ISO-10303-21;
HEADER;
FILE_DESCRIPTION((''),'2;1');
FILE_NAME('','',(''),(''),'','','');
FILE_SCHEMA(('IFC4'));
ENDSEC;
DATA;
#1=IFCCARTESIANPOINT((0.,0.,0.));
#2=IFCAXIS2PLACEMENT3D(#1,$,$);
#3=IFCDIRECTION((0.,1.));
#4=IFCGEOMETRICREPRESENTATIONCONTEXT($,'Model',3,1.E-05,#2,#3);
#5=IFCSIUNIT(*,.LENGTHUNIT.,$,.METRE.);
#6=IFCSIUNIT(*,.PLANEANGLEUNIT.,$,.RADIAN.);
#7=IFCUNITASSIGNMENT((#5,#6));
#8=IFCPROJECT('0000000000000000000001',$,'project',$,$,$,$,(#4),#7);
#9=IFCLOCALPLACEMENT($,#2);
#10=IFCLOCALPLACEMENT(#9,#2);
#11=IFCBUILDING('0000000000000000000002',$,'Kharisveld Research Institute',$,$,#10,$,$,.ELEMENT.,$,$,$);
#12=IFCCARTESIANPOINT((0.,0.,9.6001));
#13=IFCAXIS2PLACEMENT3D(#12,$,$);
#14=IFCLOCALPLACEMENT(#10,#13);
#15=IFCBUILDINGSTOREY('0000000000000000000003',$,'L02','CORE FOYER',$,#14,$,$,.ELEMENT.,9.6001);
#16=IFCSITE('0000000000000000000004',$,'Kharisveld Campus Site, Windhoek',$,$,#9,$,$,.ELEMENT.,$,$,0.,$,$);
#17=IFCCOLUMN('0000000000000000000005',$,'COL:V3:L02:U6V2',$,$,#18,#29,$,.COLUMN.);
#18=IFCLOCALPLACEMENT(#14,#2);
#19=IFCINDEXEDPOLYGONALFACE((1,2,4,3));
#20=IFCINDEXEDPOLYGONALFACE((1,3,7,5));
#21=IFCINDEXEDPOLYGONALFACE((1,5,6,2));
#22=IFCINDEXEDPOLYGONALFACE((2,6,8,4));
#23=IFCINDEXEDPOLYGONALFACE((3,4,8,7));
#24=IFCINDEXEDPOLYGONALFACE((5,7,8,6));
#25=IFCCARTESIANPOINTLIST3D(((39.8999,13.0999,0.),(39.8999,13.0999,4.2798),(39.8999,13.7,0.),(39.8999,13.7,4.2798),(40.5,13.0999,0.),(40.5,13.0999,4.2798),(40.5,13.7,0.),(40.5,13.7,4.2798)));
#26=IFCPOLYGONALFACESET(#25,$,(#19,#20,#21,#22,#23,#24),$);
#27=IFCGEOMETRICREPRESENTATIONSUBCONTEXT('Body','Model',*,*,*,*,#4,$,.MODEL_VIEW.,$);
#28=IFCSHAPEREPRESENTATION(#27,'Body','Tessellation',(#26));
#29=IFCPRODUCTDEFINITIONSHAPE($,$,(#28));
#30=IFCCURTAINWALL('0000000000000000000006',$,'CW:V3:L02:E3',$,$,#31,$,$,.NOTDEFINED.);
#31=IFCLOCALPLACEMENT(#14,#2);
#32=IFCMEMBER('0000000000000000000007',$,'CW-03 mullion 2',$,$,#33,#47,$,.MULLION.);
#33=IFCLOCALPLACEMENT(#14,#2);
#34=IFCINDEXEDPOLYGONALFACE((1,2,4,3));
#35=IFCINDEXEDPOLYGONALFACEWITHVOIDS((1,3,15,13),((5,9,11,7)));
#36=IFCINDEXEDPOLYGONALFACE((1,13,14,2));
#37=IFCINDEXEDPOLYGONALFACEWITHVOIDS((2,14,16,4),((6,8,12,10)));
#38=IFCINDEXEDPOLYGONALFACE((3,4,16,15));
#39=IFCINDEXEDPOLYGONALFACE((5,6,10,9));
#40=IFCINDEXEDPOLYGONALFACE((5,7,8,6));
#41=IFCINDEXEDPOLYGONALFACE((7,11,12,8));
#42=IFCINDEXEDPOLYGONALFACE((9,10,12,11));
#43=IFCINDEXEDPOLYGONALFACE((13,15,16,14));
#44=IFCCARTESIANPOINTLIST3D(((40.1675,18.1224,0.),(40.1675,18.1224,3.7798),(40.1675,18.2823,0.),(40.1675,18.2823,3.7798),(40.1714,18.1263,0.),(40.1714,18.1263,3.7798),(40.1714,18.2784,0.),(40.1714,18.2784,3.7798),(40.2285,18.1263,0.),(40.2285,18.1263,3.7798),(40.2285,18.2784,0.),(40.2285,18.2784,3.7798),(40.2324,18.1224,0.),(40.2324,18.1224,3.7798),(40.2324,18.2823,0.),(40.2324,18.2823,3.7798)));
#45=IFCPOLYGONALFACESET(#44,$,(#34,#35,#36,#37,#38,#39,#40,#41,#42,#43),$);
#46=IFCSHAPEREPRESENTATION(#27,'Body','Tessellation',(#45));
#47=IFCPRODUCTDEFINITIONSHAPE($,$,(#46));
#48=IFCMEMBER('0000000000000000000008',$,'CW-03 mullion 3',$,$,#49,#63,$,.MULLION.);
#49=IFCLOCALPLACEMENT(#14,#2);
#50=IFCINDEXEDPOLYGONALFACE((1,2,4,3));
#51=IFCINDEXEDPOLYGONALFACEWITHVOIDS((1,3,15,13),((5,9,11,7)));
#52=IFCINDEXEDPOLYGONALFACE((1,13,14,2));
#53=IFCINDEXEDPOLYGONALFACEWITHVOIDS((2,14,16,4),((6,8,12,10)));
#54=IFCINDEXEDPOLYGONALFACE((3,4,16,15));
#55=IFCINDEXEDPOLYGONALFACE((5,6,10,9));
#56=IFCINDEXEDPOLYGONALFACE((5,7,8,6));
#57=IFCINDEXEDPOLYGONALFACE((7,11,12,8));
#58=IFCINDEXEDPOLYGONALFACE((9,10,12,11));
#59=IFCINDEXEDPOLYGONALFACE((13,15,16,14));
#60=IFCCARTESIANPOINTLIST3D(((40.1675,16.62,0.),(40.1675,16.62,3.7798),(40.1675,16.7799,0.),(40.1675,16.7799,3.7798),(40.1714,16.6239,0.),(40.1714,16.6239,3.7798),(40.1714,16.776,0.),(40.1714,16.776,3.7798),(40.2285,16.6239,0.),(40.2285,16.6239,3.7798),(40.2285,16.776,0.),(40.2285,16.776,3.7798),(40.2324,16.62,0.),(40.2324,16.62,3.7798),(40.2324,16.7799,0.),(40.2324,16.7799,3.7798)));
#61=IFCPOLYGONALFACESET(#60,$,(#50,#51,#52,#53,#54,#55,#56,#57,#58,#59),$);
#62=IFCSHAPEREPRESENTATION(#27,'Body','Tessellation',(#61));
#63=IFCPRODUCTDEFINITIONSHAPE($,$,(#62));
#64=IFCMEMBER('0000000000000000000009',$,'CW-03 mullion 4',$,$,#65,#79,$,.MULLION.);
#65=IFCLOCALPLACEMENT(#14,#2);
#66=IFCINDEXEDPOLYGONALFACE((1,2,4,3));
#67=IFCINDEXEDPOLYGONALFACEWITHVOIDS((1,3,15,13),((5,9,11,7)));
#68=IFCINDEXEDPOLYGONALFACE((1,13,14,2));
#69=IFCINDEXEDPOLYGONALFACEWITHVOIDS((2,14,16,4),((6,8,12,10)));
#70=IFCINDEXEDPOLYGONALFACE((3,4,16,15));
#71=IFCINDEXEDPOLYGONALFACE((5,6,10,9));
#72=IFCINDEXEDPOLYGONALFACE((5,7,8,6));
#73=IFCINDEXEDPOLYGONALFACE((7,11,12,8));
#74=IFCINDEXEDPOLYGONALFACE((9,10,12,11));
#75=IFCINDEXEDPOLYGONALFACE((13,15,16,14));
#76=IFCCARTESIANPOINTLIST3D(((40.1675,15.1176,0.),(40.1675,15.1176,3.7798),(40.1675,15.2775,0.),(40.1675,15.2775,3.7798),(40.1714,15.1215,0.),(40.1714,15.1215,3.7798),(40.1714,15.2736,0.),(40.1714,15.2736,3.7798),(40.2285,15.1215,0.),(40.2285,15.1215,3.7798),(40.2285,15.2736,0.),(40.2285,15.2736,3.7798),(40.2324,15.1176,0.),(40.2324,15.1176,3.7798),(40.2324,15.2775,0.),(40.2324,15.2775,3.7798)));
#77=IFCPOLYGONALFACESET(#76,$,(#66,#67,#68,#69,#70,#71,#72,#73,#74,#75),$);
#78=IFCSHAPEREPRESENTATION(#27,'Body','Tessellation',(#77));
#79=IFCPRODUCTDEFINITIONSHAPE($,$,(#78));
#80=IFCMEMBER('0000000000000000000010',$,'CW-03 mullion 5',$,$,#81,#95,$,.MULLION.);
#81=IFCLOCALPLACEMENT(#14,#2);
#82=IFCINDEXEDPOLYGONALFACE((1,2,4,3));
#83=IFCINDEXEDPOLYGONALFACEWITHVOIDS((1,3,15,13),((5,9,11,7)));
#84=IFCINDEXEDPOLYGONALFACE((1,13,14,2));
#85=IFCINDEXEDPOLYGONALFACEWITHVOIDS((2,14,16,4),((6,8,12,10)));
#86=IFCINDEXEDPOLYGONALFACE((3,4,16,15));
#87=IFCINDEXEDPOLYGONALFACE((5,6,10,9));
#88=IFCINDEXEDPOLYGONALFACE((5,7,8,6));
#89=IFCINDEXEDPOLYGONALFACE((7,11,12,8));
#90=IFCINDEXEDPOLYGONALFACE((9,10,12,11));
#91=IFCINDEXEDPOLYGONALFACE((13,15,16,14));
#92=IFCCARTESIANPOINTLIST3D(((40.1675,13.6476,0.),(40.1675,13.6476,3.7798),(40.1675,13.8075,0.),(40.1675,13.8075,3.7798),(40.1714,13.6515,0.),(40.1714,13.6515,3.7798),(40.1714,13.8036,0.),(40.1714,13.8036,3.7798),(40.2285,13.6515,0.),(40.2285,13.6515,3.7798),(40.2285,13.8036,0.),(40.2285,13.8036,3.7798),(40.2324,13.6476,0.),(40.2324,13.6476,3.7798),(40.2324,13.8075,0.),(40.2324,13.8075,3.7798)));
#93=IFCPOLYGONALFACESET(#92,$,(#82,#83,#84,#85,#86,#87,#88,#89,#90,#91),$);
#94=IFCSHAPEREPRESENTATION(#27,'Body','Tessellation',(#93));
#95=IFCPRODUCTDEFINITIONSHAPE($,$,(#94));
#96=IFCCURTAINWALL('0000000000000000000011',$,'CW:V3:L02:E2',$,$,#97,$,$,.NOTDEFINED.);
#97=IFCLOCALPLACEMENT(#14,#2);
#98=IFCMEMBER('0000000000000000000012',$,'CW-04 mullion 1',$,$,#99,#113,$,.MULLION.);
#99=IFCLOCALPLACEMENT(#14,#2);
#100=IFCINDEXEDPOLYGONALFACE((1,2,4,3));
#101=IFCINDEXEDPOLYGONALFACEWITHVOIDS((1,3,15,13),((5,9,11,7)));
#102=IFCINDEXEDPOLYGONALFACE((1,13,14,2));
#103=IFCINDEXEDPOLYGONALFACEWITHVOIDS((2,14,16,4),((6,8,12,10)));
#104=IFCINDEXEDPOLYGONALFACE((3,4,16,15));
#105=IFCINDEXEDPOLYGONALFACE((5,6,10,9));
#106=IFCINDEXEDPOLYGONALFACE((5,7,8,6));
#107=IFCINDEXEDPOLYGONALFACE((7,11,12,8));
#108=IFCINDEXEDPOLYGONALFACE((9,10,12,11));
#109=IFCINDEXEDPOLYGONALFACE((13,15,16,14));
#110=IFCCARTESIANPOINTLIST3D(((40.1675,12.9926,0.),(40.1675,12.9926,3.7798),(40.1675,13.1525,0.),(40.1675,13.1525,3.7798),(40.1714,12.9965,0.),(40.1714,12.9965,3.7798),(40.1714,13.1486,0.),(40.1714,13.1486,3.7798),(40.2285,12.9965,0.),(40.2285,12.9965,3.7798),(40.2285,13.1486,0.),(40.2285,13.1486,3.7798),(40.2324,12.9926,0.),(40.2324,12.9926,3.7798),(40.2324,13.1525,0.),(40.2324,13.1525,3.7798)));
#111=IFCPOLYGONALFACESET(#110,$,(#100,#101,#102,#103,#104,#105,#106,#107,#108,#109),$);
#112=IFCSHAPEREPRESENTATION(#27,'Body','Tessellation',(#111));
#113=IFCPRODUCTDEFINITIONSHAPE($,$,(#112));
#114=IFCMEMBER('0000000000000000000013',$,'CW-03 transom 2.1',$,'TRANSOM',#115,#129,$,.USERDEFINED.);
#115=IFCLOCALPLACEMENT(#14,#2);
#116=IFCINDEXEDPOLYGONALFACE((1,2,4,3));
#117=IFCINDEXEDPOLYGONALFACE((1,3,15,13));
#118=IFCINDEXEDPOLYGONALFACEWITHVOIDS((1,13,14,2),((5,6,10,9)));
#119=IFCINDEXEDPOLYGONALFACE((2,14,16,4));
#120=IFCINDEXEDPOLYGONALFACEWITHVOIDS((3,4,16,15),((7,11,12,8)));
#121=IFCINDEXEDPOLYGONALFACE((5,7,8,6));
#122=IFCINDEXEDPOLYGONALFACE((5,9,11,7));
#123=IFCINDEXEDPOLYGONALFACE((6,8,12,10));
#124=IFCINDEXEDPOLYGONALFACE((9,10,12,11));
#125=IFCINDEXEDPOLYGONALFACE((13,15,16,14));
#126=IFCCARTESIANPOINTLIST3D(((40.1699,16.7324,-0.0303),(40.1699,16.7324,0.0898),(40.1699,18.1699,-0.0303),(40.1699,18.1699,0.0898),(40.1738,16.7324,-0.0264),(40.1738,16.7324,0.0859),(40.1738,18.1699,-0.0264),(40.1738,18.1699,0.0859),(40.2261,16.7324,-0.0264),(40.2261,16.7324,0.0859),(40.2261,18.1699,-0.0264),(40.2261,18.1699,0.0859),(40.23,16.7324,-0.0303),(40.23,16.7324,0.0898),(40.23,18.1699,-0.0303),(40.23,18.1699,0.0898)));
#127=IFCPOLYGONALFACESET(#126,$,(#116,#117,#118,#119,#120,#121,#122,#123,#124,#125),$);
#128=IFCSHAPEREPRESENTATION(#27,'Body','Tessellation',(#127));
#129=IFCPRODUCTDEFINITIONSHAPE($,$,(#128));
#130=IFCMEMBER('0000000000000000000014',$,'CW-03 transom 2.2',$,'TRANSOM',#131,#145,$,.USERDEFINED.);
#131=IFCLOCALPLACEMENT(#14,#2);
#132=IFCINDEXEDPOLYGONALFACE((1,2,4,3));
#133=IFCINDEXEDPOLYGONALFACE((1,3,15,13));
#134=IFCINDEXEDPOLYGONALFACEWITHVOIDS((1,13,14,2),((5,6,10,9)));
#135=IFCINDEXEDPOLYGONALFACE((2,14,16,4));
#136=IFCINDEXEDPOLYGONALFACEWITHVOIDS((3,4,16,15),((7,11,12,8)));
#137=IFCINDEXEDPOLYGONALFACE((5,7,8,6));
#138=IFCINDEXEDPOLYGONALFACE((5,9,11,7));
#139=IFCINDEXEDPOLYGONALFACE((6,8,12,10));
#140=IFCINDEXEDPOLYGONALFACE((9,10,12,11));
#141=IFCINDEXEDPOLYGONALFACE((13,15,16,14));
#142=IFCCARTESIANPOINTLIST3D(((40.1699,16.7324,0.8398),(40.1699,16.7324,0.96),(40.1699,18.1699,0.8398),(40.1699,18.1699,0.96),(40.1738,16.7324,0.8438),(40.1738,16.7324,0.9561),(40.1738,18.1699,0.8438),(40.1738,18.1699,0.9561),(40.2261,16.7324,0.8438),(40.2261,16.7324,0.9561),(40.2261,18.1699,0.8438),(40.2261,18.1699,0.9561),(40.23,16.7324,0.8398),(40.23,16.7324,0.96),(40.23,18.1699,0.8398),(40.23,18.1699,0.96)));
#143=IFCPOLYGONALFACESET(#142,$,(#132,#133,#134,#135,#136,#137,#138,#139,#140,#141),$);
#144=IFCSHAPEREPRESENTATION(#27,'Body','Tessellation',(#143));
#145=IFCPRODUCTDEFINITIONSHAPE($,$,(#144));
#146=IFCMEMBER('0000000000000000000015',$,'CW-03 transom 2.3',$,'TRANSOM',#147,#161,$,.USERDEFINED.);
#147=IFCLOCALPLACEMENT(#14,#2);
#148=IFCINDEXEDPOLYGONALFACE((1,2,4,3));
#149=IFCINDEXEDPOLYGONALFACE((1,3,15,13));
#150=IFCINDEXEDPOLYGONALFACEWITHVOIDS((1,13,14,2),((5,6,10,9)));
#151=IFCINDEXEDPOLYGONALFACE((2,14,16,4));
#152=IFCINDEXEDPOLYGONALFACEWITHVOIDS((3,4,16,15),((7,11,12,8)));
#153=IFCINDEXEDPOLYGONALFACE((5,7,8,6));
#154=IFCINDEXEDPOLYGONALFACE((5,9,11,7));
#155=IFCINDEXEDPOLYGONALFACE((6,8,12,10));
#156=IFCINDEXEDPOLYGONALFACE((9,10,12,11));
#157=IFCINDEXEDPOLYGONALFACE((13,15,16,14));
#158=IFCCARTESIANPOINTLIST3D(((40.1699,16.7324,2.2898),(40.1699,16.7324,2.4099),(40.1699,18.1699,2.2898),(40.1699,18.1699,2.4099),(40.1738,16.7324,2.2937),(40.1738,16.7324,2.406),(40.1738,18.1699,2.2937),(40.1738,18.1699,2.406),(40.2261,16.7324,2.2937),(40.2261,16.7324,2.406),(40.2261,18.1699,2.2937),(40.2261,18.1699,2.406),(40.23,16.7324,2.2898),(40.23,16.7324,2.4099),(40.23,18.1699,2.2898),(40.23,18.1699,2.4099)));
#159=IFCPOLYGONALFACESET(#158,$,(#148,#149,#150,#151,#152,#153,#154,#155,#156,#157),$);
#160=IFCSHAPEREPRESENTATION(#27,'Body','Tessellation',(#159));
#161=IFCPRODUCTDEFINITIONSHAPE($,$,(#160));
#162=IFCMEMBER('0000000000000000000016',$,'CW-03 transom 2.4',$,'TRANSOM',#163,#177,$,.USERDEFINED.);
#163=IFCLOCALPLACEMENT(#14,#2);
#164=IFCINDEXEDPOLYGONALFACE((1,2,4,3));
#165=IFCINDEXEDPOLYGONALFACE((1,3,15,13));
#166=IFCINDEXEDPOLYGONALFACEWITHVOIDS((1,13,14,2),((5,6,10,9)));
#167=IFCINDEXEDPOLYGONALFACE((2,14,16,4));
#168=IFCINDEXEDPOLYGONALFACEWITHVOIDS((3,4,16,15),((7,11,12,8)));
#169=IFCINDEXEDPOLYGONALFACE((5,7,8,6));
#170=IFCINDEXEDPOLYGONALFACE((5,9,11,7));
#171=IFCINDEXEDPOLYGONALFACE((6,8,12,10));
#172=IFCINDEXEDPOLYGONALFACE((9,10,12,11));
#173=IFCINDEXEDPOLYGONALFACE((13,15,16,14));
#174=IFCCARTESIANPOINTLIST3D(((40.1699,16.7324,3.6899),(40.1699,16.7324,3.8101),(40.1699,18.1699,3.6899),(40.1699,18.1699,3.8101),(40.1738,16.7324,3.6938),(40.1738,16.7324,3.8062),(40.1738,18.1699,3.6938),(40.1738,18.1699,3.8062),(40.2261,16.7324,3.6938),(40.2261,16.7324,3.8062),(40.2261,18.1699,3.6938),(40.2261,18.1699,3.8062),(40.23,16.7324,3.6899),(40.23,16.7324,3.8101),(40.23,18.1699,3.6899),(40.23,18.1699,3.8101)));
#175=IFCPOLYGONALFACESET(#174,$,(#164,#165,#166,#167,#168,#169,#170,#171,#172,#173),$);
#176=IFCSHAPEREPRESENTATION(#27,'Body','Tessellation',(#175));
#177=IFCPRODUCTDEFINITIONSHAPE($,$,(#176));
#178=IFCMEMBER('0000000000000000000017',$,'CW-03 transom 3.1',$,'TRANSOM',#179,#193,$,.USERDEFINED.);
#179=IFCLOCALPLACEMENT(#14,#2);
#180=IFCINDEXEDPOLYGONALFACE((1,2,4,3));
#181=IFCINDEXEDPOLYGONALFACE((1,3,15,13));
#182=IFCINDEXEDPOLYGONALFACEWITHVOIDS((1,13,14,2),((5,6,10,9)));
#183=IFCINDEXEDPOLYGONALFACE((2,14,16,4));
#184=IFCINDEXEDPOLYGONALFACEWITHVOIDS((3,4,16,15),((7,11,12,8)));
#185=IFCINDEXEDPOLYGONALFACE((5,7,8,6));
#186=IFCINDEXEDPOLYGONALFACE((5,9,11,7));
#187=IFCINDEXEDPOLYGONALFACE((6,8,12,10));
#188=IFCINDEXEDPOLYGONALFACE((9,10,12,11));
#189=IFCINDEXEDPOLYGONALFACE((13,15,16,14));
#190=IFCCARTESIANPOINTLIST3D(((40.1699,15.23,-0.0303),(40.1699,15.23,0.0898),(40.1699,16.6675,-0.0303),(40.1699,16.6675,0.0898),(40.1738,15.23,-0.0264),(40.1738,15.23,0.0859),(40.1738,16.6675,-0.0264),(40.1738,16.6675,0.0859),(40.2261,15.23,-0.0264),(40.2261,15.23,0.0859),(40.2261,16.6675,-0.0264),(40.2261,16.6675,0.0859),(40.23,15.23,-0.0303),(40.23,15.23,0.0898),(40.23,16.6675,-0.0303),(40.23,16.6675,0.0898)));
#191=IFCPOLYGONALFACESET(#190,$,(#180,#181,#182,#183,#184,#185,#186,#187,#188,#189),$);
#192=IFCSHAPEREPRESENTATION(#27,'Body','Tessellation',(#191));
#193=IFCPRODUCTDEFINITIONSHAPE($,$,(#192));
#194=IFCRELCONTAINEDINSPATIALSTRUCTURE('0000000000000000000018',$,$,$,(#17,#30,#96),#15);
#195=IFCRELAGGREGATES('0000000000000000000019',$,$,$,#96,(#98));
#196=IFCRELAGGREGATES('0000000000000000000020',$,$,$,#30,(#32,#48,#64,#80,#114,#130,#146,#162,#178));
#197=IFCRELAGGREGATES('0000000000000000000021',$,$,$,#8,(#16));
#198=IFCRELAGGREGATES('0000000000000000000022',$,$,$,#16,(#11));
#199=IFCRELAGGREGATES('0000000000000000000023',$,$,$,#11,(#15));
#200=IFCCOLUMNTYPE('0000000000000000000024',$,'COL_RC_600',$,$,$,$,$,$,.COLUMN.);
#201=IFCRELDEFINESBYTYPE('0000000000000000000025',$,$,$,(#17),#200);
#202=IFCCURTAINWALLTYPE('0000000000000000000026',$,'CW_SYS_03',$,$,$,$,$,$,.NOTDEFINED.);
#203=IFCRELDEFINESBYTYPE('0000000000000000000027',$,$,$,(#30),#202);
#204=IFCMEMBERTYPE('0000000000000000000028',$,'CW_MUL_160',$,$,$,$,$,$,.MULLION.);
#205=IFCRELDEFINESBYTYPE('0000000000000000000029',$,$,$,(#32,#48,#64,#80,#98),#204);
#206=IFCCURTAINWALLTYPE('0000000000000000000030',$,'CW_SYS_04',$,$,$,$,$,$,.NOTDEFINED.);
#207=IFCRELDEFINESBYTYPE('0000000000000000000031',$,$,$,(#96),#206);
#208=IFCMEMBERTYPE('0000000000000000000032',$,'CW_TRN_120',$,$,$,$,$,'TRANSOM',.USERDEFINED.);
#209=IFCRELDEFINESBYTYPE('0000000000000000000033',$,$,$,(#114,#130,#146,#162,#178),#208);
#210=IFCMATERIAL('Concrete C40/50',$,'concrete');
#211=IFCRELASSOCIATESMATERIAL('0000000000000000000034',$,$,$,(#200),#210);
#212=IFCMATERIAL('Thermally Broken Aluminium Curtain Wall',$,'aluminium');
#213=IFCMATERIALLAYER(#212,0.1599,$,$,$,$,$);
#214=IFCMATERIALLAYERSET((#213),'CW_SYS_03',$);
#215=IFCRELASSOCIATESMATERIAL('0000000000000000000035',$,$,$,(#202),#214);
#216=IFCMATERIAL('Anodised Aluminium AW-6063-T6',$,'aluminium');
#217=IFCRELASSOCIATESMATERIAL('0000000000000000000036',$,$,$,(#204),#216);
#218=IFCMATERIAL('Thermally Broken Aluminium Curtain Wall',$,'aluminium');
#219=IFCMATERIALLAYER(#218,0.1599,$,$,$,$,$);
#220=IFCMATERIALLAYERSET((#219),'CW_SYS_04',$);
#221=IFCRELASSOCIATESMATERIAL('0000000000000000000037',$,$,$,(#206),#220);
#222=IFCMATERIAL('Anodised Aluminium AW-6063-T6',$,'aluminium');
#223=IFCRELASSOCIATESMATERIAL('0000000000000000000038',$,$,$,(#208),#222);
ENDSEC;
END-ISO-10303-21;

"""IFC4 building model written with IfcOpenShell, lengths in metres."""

from ifc_helpers import new_model, si_unit, direction, frame, origin, origin_2d, place, context, subcontext, project, spatial, rectangle, hollow_rectangle, extrude, material, layer, layer_set, material_profile, profile_set, type_object, element, aggregate, save


model = new_model("IFC4")

# Units and contexts
model_context = context("Model", 3, precision=1e-05, world=origin(), true_north=direction((0.0, 1.0)))
body_context = subcontext(model_context, "Body", "Model", "MODEL_VIEW")
ifc_project = project(units=[si_unit("LENGTHUNIT", "METRE"), si_unit("PLANEANGLEUNIT", "RADIAN")], contexts=[model_context])

# Site, building, storey
site_placement = place(None, origin())
site = spatial("IfcSite", under=ifc_project, at=site_placement, Name="Kharisveld Campus Site, Windhoek", CompositionType="ELEMENT", RefElevation=0.0)
building_placement = place(site_placement, origin())
building = spatial("IfcBuilding", under=site, at=building_placement, Name="Kharisveld Research Institute", CompositionType="ELEMENT")
storey_placement = place(building_placement, frame((0.0, 0.0, 9.6001)))
storey = spatial("IfcBuildingStorey", under=building, at=storey_placement, Name="L02", Description="CORE FOYER", CompositionType="ELEMENT", Elevation=9.6001)

# Column
ifc_material_1 = material(Name="Concrete C40/50", Category="concrete")
ifc_material_profile_1 = material_profile(ifc_material_1, rectangle(XDim=0.6001, YDim=0.6001, at=origin_2d()))
ifc_profile_set_1 = profile_set([ifc_material_profile_1], Name="Concrete C40/50")
column_type = type_object("IfcColumnType", Name="COL_RC_600", PredefinedType="COLUMN", material=ifc_profile_set_1)
column_placement = place(storey_placement, frame((40.2, 13.3999, 0.0), z_axis=(0.0, 0.0, 1.0), x_axis=(1.0, 0.0, 0.0)))
element("IfcColumn", 1, at=column_placement, inside=storey, type_object=column_type, Name="COL:V3:L02:U6V2", PredefinedType="COLUMN", context=body_context, shape_type="SweptSolid", body=[
    extrude(rectangle(XDim=0.6001, YDim=0.6001, at=origin_2d()), origin(), (0.0, 0.0, 1.0), 4.2798),
])

# Curtain wall, members
ifc_material_2 = material(Name="Thermally Broken Aluminium Curtain Wall", Category="aluminium")
ifc_layer_1 = layer(ifc_material_2, 0.1599)
ifc_layer_set_1 = layer_set([ifc_layer_1], Name="CW_SYS_03")
curtain_wall_type_1 = type_object("IfcCurtainWallType", Name="CW_SYS_03", PredefinedType="NOTDEFINED", material=ifc_layer_set_1)
curtain_wall_1_placement = place(storey_placement, origin())
curtain_wall_1 = element("IfcCurtainWall", 2, at=curtain_wall_1_placement, inside=storey, type_object=curtain_wall_type_1, Name="CW:V3:L02:E3", PredefinedType="NOTDEFINED")
ifc_material_3 = material(Name="Anodised Aluminium AW-6063-T6", Category="aluminium")
ifc_material_profile_2 = material_profile(ifc_material_3, hollow_rectangle(XDim=0.0649, YDim=0.1599, WallThickness=0.0039, at=origin_2d()))
ifc_profile_set_2 = profile_set([ifc_material_profile_2], Name="Anodised Aluminium AW-6063-T6")
member_type_1 = type_object("IfcMemberType", Name="CW_MUL_160", PredefinedType="MULLION", material=ifc_profile_set_2)
member_1_placement = place(storey_placement, frame((40.2, 18.2024, 0.0), z_axis=(0.0, 0.0, 1.0), x_axis=(1.0, 0.0, 0.0)))
member_1 = element("IfcMember", 3, at=member_1_placement, type_object=member_type_1, Name="CW-03 mullion 2", PredefinedType="MULLION", context=body_context, shape_type="SweptSolid", body=[
    extrude(hollow_rectangle(XDim=0.0649, YDim=0.1599, WallThickness=0.0039, at=origin_2d()), origin(), (0.0, 0.0, 1.0), 3.7798),
])
member_2_placement = place(storey_placement, frame((40.2, 16.7, 0.0), z_axis=(0.0, 0.0, 1.0), x_axis=(1.0, 0.0, 0.0)))
member_2 = element("IfcMember", 4, at=member_2_placement, type_object=member_type_1, Name="CW-03 mullion 3", PredefinedType="MULLION", context=body_context, shape_type="SweptSolid", body=[
    extrude(hollow_rectangle(XDim=0.0649, YDim=0.1599, WallThickness=0.0039, at=origin_2d()), origin(), (0.0, 0.0, 1.0), 3.7798),
])
member_3_placement = place(storey_placement, frame((40.2, 15.1975, 0.0), z_axis=(0.0, 0.0, 1.0), x_axis=(1.0, 0.0, 0.0)))
member_3 = element("IfcMember", 5, at=member_3_placement, type_object=member_type_1, Name="CW-03 mullion 4", PredefinedType="MULLION", context=body_context, shape_type="SweptSolid", body=[
    extrude(hollow_rectangle(XDim=0.0649, YDim=0.1599, WallThickness=0.0039, at=origin_2d()), origin(), (0.0, 0.0, 1.0), 3.7798),
])
member_4_placement = place(storey_placement, frame((40.2, 13.7275, 0.0), z_axis=(0.0, 0.0, 1.0), x_axis=(1.0, 0.0, 0.0)))
member_4 = element("IfcMember", 6, at=member_4_placement, type_object=member_type_1, Name="CW-03 mullion 5", PredefinedType="MULLION", context=body_context, shape_type="SweptSolid", body=[
    extrude(hollow_rectangle(XDim=0.0649, YDim=0.1599, WallThickness=0.0039, at=origin_2d()), origin(), (0.0, 0.0, 1.0), 3.7798),
])

# Curtain wall, member
ifc_material_4 = material(Name="Thermally Broken Aluminium Curtain Wall", Category="aluminium")
ifc_layer_2 = layer(ifc_material_4, 0.1599)
ifc_layer_set_2 = layer_set([ifc_layer_2], Name="CW_SYS_04")
curtain_wall_type_2 = type_object("IfcCurtainWallType", Name="CW_SYS_04", PredefinedType="NOTDEFINED", material=ifc_layer_set_2)
curtain_wall_2_placement = place(storey_placement, origin())
curtain_wall_2 = element("IfcCurtainWall", 7, at=curtain_wall_2_placement, inside=storey, type_object=curtain_wall_type_2, Name="CW:V3:L02:E2", PredefinedType="NOTDEFINED")
member_5_placement = place(storey_placement, frame((40.2, 13.0725, 0.0), z_axis=(0.0, 0.0, 1.0), x_axis=(1.0, 0.0, 0.0)))
member_5 = element("IfcMember", 8, at=member_5_placement, type_object=member_type_1, Name="CW-04 mullion 1", PredefinedType="MULLION", context=body_context, shape_type="SweptSolid", body=[
    extrude(hollow_rectangle(XDim=0.0649, YDim=0.1599, WallThickness=0.0039, at=origin_2d()), origin(), (0.0, 0.0, 1.0), 3.7798),
])

# Members
ifc_material_5 = material(Name="Anodised Aluminium AW-6063-T6", Category="aluminium")
ifc_material_profile_3 = material_profile(ifc_material_5, hollow_rectangle(XDim=0.0601, YDim=0.1201, WallThickness=0.0039, at=origin_2d()))
ifc_profile_set_3 = profile_set([ifc_material_profile_3], Name="Anodised Aluminium AW-6063-T6")
member_type_2 = type_object("IfcMemberType", Name="CW_TRN_120", ElementType="TRANSOM", PredefinedType="USERDEFINED", material=ifc_profile_set_3)
member_6_placement = place(storey_placement, frame((40.2, 18.1699, 0.0298), z_axis=(0.0, -1.0, 0.0), x_axis=(1.0, 0.0, 0.0)))
member_6 = element("IfcMember", 9, at=member_6_placement, type_object=member_type_2, Name="CW-03 transom 2.1", ObjectType="TRANSOM", PredefinedType="USERDEFINED", context=body_context, shape_type="SweptSolid", body=[
    extrude(hollow_rectangle(XDim=0.0601, YDim=0.1201, WallThickness=0.0039, at=origin_2d()), origin(), (0.0, 0.0, 1.0), 1.4375),
])
member_7_placement = place(storey_placement, frame((40.2, 18.1699, 0.8999), z_axis=(0.0, -1.0, 0.0), x_axis=(1.0, 0.0, 0.0)))
member_7 = element("IfcMember", 10, at=member_7_placement, type_object=member_type_2, Name="CW-03 transom 2.2", ObjectType="TRANSOM", PredefinedType="USERDEFINED", context=body_context, shape_type="SweptSolid", body=[
    extrude(hollow_rectangle(XDim=0.0601, YDim=0.1201, WallThickness=0.0039, at=origin_2d()), origin(), (0.0, 0.0, 1.0), 1.4375),
])
member_8_placement = place(storey_placement, frame((40.2, 18.1699, 2.3499), z_axis=(0.0, -1.0, 0.0), x_axis=(1.0, 0.0, 0.0)))
member_8 = element("IfcMember", 11, at=member_8_placement, type_object=member_type_2, Name="CW-03 transom 2.3", ObjectType="TRANSOM", PredefinedType="USERDEFINED", context=body_context, shape_type="SweptSolid", body=[
    extrude(hollow_rectangle(XDim=0.0601, YDim=0.1201, WallThickness=0.0039, at=origin_2d()), origin(), (0.0, 0.0, 1.0), 1.4375),
])
member_9_placement = place(storey_placement, frame((40.2, 18.1699, 3.75), z_axis=(0.0, -1.0, 0.0), x_axis=(1.0, 0.0, 0.0)))
member_9 = element("IfcMember", 12, at=member_9_placement, type_object=member_type_2, Name="CW-03 transom 2.4", ObjectType="TRANSOM", PredefinedType="USERDEFINED", context=body_context, shape_type="SweptSolid", body=[
    extrude(hollow_rectangle(XDim=0.0601, YDim=0.1201, WallThickness=0.0039, at=origin_2d()), origin(), (0.0, 0.0, 1.0), 1.4375),
])
member_10_placement = place(storey_placement, frame((40.2, 16.6675, 0.0298), z_axis=(0.0, -1.0, 0.0), x_axis=(1.0, 0.0, 0.0)))
member_10 = element("IfcMember", 13, at=member_10_placement, type_object=member_type_2, Name="CW-03 transom 3.1", ObjectType="TRANSOM", PredefinedType="USERDEFINED", context=body_context, shape_type="SweptSolid", body=[
    extrude(hollow_rectangle(XDim=0.0601, YDim=0.1201, WallThickness=0.0039, at=origin_2d()), origin(), (0.0, 0.0, 1.0), 1.4375),
])
aggregate(curtain_wall_2, [member_5])

aggregate(curtain_wall_1, [member_1, member_2, member_3, member_4, member_6, member_7, member_8, member_9, member_10])

save(model, "model.ifc")
